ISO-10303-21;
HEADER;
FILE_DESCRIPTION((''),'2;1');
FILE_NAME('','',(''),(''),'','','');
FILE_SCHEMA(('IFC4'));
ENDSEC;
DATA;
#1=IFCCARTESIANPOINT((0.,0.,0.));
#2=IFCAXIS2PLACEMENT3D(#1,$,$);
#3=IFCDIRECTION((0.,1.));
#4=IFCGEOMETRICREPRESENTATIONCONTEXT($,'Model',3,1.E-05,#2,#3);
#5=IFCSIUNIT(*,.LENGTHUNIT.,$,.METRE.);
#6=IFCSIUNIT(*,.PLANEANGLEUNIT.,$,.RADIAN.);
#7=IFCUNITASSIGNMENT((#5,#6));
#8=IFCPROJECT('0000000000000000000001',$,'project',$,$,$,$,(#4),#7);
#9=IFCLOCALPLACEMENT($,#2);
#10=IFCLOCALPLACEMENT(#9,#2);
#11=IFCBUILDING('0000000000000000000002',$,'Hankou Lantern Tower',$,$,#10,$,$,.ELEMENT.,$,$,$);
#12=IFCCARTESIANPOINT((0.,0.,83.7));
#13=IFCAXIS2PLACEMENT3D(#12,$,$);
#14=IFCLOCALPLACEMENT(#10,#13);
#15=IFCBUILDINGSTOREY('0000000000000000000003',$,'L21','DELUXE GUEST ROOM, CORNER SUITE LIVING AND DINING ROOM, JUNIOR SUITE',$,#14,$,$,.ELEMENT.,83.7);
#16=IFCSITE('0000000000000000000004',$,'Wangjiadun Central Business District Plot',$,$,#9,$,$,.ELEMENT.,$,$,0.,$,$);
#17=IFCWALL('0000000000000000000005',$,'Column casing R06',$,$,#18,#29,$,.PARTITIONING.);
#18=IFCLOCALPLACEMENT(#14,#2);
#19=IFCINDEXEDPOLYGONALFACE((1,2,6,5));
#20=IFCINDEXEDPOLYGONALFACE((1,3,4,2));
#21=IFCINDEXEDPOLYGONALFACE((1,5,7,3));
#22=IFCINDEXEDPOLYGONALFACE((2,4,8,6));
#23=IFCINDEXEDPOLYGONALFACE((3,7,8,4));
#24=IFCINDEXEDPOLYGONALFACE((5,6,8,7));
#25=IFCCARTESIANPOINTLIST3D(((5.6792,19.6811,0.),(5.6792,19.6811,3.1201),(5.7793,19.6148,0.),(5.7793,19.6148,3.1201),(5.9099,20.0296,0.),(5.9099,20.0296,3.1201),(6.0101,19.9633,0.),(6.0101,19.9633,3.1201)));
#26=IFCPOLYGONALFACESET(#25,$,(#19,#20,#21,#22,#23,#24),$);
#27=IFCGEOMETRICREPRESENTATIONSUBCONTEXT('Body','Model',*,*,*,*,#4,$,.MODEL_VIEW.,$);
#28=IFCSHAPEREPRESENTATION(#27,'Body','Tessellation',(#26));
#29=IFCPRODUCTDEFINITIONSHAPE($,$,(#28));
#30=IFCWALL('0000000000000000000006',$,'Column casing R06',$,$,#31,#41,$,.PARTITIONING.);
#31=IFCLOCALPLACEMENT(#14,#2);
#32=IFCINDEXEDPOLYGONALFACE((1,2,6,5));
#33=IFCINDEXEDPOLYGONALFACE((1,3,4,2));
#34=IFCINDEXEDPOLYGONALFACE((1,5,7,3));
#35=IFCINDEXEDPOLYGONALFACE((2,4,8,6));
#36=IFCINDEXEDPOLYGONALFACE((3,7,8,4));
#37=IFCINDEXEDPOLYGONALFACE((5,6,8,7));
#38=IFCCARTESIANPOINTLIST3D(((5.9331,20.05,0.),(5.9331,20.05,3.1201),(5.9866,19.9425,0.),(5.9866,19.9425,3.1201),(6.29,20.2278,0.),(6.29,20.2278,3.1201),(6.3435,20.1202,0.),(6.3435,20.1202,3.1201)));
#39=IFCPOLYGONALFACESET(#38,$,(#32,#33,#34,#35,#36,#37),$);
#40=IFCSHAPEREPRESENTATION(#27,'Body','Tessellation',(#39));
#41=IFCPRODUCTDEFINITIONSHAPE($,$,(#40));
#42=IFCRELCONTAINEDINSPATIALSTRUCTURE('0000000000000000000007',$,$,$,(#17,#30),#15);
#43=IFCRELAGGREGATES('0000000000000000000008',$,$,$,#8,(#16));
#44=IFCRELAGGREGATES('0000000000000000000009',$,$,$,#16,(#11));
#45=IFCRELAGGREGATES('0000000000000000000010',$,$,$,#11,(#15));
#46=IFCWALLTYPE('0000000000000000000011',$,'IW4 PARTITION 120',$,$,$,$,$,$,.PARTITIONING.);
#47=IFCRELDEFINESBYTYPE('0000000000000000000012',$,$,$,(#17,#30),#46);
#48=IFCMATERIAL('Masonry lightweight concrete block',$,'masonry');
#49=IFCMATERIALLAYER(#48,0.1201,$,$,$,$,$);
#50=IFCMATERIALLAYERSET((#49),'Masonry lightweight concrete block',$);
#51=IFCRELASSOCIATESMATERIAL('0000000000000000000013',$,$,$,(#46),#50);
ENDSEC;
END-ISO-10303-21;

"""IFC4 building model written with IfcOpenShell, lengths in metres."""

from ifc_helpers import new_model, si_unit, direction, frame, frame_2d, origin, place, context, subcontext, project, spatial, rectangle, extrude, material, layer, layer_set, type_object, element, save


model = new_model("IFC4")

# Units and contexts
model_context = context("Model", 3, precision=1e-05, world=origin(), true_north=direction((0.0, 1.0)))
body_context = subcontext(model_context, "Body", "Model", "MODEL_VIEW")
ifc_project = project(units=[si_unit("LENGTHUNIT", "METRE"), si_unit("PLANEANGLEUNIT", "RADIAN")], contexts=[model_context])

# Site, building, storey
site_placement = place(None, origin())
site = spatial("IfcSite", under=ifc_project, at=site_placement, Name="Wangjiadun Central Business District Plot", CompositionType="ELEMENT", RefElevation=0.0)
building_placement = place(site_placement, origin())
building = spatial("IfcBuilding", under=site, at=building_placement, Name="Hankou Lantern Tower", CompositionType="ELEMENT")
storey_placement = place(building_placement, frame((0.0, 0.0, 83.7)))
storey = spatial("IfcBuildingStorey", under=building, at=storey_placement, Name="L21", Description="DELUXE GUEST ROOM, CORNER SUITE LIVING AND DINING ROOM, JUNIOR SUITE", CompositionType="ELEMENT", Elevation=83.7)

# Walls
ifc_material_1 = material(Name="Masonry lightweight concrete block", Category="masonry")
ifc_layer_1 = layer(ifc_material_1, 0.1201)
ifc_layer_set_1 = layer_set([ifc_layer_1], Name="Masonry lightweight concrete block")
wall_type_1 = type_object("IfcWallType", Name="IW4 PARTITION 120", PredefinedType="PARTITIONING", material=ifc_layer_set_1)
wall_1_placement = place(storey_placement, frame((5.7292, 19.6479, 0.0), z_axis=(0.0, 0.0, 1.0), x_axis=(0.552136, 0.833754, 0.0)))
element("IfcWall", 1, at=wall_1_placement, inside=storey, type_object=wall_type_1, Name="Column casing R06", PredefinedType="PARTITIONING", context=body_context, shape_type="SweptSolid", body=[
    extrude(rectangle(XDim=0.418, YDim=0.1201, at=frame_2d((0.209, 0.0))), origin(), (0.0, 0.0, 1.0), 3.1201),
])
wall_2_placement = place(storey_placement, frame((5.96, 19.9963, 0.0), z_axis=(0.0, 0.0, 1.0), x_axis=(0.895161, 0.445744, 0.0)))
element("IfcWall", 2, at=wall_2_placement, inside=storey, type_object=wall_type_1, Name="Column casing R06", PredefinedType="PARTITIONING", context=body_context, shape_type="SweptSolid", body=[
    extrude(rectangle(XDim=0.3987, YDim=0.1201, at=frame_2d((0.1992, 0.0))), origin(), (0.0, 0.0, 1.0), 3.1201),
])

save(model, "model.ifc")
